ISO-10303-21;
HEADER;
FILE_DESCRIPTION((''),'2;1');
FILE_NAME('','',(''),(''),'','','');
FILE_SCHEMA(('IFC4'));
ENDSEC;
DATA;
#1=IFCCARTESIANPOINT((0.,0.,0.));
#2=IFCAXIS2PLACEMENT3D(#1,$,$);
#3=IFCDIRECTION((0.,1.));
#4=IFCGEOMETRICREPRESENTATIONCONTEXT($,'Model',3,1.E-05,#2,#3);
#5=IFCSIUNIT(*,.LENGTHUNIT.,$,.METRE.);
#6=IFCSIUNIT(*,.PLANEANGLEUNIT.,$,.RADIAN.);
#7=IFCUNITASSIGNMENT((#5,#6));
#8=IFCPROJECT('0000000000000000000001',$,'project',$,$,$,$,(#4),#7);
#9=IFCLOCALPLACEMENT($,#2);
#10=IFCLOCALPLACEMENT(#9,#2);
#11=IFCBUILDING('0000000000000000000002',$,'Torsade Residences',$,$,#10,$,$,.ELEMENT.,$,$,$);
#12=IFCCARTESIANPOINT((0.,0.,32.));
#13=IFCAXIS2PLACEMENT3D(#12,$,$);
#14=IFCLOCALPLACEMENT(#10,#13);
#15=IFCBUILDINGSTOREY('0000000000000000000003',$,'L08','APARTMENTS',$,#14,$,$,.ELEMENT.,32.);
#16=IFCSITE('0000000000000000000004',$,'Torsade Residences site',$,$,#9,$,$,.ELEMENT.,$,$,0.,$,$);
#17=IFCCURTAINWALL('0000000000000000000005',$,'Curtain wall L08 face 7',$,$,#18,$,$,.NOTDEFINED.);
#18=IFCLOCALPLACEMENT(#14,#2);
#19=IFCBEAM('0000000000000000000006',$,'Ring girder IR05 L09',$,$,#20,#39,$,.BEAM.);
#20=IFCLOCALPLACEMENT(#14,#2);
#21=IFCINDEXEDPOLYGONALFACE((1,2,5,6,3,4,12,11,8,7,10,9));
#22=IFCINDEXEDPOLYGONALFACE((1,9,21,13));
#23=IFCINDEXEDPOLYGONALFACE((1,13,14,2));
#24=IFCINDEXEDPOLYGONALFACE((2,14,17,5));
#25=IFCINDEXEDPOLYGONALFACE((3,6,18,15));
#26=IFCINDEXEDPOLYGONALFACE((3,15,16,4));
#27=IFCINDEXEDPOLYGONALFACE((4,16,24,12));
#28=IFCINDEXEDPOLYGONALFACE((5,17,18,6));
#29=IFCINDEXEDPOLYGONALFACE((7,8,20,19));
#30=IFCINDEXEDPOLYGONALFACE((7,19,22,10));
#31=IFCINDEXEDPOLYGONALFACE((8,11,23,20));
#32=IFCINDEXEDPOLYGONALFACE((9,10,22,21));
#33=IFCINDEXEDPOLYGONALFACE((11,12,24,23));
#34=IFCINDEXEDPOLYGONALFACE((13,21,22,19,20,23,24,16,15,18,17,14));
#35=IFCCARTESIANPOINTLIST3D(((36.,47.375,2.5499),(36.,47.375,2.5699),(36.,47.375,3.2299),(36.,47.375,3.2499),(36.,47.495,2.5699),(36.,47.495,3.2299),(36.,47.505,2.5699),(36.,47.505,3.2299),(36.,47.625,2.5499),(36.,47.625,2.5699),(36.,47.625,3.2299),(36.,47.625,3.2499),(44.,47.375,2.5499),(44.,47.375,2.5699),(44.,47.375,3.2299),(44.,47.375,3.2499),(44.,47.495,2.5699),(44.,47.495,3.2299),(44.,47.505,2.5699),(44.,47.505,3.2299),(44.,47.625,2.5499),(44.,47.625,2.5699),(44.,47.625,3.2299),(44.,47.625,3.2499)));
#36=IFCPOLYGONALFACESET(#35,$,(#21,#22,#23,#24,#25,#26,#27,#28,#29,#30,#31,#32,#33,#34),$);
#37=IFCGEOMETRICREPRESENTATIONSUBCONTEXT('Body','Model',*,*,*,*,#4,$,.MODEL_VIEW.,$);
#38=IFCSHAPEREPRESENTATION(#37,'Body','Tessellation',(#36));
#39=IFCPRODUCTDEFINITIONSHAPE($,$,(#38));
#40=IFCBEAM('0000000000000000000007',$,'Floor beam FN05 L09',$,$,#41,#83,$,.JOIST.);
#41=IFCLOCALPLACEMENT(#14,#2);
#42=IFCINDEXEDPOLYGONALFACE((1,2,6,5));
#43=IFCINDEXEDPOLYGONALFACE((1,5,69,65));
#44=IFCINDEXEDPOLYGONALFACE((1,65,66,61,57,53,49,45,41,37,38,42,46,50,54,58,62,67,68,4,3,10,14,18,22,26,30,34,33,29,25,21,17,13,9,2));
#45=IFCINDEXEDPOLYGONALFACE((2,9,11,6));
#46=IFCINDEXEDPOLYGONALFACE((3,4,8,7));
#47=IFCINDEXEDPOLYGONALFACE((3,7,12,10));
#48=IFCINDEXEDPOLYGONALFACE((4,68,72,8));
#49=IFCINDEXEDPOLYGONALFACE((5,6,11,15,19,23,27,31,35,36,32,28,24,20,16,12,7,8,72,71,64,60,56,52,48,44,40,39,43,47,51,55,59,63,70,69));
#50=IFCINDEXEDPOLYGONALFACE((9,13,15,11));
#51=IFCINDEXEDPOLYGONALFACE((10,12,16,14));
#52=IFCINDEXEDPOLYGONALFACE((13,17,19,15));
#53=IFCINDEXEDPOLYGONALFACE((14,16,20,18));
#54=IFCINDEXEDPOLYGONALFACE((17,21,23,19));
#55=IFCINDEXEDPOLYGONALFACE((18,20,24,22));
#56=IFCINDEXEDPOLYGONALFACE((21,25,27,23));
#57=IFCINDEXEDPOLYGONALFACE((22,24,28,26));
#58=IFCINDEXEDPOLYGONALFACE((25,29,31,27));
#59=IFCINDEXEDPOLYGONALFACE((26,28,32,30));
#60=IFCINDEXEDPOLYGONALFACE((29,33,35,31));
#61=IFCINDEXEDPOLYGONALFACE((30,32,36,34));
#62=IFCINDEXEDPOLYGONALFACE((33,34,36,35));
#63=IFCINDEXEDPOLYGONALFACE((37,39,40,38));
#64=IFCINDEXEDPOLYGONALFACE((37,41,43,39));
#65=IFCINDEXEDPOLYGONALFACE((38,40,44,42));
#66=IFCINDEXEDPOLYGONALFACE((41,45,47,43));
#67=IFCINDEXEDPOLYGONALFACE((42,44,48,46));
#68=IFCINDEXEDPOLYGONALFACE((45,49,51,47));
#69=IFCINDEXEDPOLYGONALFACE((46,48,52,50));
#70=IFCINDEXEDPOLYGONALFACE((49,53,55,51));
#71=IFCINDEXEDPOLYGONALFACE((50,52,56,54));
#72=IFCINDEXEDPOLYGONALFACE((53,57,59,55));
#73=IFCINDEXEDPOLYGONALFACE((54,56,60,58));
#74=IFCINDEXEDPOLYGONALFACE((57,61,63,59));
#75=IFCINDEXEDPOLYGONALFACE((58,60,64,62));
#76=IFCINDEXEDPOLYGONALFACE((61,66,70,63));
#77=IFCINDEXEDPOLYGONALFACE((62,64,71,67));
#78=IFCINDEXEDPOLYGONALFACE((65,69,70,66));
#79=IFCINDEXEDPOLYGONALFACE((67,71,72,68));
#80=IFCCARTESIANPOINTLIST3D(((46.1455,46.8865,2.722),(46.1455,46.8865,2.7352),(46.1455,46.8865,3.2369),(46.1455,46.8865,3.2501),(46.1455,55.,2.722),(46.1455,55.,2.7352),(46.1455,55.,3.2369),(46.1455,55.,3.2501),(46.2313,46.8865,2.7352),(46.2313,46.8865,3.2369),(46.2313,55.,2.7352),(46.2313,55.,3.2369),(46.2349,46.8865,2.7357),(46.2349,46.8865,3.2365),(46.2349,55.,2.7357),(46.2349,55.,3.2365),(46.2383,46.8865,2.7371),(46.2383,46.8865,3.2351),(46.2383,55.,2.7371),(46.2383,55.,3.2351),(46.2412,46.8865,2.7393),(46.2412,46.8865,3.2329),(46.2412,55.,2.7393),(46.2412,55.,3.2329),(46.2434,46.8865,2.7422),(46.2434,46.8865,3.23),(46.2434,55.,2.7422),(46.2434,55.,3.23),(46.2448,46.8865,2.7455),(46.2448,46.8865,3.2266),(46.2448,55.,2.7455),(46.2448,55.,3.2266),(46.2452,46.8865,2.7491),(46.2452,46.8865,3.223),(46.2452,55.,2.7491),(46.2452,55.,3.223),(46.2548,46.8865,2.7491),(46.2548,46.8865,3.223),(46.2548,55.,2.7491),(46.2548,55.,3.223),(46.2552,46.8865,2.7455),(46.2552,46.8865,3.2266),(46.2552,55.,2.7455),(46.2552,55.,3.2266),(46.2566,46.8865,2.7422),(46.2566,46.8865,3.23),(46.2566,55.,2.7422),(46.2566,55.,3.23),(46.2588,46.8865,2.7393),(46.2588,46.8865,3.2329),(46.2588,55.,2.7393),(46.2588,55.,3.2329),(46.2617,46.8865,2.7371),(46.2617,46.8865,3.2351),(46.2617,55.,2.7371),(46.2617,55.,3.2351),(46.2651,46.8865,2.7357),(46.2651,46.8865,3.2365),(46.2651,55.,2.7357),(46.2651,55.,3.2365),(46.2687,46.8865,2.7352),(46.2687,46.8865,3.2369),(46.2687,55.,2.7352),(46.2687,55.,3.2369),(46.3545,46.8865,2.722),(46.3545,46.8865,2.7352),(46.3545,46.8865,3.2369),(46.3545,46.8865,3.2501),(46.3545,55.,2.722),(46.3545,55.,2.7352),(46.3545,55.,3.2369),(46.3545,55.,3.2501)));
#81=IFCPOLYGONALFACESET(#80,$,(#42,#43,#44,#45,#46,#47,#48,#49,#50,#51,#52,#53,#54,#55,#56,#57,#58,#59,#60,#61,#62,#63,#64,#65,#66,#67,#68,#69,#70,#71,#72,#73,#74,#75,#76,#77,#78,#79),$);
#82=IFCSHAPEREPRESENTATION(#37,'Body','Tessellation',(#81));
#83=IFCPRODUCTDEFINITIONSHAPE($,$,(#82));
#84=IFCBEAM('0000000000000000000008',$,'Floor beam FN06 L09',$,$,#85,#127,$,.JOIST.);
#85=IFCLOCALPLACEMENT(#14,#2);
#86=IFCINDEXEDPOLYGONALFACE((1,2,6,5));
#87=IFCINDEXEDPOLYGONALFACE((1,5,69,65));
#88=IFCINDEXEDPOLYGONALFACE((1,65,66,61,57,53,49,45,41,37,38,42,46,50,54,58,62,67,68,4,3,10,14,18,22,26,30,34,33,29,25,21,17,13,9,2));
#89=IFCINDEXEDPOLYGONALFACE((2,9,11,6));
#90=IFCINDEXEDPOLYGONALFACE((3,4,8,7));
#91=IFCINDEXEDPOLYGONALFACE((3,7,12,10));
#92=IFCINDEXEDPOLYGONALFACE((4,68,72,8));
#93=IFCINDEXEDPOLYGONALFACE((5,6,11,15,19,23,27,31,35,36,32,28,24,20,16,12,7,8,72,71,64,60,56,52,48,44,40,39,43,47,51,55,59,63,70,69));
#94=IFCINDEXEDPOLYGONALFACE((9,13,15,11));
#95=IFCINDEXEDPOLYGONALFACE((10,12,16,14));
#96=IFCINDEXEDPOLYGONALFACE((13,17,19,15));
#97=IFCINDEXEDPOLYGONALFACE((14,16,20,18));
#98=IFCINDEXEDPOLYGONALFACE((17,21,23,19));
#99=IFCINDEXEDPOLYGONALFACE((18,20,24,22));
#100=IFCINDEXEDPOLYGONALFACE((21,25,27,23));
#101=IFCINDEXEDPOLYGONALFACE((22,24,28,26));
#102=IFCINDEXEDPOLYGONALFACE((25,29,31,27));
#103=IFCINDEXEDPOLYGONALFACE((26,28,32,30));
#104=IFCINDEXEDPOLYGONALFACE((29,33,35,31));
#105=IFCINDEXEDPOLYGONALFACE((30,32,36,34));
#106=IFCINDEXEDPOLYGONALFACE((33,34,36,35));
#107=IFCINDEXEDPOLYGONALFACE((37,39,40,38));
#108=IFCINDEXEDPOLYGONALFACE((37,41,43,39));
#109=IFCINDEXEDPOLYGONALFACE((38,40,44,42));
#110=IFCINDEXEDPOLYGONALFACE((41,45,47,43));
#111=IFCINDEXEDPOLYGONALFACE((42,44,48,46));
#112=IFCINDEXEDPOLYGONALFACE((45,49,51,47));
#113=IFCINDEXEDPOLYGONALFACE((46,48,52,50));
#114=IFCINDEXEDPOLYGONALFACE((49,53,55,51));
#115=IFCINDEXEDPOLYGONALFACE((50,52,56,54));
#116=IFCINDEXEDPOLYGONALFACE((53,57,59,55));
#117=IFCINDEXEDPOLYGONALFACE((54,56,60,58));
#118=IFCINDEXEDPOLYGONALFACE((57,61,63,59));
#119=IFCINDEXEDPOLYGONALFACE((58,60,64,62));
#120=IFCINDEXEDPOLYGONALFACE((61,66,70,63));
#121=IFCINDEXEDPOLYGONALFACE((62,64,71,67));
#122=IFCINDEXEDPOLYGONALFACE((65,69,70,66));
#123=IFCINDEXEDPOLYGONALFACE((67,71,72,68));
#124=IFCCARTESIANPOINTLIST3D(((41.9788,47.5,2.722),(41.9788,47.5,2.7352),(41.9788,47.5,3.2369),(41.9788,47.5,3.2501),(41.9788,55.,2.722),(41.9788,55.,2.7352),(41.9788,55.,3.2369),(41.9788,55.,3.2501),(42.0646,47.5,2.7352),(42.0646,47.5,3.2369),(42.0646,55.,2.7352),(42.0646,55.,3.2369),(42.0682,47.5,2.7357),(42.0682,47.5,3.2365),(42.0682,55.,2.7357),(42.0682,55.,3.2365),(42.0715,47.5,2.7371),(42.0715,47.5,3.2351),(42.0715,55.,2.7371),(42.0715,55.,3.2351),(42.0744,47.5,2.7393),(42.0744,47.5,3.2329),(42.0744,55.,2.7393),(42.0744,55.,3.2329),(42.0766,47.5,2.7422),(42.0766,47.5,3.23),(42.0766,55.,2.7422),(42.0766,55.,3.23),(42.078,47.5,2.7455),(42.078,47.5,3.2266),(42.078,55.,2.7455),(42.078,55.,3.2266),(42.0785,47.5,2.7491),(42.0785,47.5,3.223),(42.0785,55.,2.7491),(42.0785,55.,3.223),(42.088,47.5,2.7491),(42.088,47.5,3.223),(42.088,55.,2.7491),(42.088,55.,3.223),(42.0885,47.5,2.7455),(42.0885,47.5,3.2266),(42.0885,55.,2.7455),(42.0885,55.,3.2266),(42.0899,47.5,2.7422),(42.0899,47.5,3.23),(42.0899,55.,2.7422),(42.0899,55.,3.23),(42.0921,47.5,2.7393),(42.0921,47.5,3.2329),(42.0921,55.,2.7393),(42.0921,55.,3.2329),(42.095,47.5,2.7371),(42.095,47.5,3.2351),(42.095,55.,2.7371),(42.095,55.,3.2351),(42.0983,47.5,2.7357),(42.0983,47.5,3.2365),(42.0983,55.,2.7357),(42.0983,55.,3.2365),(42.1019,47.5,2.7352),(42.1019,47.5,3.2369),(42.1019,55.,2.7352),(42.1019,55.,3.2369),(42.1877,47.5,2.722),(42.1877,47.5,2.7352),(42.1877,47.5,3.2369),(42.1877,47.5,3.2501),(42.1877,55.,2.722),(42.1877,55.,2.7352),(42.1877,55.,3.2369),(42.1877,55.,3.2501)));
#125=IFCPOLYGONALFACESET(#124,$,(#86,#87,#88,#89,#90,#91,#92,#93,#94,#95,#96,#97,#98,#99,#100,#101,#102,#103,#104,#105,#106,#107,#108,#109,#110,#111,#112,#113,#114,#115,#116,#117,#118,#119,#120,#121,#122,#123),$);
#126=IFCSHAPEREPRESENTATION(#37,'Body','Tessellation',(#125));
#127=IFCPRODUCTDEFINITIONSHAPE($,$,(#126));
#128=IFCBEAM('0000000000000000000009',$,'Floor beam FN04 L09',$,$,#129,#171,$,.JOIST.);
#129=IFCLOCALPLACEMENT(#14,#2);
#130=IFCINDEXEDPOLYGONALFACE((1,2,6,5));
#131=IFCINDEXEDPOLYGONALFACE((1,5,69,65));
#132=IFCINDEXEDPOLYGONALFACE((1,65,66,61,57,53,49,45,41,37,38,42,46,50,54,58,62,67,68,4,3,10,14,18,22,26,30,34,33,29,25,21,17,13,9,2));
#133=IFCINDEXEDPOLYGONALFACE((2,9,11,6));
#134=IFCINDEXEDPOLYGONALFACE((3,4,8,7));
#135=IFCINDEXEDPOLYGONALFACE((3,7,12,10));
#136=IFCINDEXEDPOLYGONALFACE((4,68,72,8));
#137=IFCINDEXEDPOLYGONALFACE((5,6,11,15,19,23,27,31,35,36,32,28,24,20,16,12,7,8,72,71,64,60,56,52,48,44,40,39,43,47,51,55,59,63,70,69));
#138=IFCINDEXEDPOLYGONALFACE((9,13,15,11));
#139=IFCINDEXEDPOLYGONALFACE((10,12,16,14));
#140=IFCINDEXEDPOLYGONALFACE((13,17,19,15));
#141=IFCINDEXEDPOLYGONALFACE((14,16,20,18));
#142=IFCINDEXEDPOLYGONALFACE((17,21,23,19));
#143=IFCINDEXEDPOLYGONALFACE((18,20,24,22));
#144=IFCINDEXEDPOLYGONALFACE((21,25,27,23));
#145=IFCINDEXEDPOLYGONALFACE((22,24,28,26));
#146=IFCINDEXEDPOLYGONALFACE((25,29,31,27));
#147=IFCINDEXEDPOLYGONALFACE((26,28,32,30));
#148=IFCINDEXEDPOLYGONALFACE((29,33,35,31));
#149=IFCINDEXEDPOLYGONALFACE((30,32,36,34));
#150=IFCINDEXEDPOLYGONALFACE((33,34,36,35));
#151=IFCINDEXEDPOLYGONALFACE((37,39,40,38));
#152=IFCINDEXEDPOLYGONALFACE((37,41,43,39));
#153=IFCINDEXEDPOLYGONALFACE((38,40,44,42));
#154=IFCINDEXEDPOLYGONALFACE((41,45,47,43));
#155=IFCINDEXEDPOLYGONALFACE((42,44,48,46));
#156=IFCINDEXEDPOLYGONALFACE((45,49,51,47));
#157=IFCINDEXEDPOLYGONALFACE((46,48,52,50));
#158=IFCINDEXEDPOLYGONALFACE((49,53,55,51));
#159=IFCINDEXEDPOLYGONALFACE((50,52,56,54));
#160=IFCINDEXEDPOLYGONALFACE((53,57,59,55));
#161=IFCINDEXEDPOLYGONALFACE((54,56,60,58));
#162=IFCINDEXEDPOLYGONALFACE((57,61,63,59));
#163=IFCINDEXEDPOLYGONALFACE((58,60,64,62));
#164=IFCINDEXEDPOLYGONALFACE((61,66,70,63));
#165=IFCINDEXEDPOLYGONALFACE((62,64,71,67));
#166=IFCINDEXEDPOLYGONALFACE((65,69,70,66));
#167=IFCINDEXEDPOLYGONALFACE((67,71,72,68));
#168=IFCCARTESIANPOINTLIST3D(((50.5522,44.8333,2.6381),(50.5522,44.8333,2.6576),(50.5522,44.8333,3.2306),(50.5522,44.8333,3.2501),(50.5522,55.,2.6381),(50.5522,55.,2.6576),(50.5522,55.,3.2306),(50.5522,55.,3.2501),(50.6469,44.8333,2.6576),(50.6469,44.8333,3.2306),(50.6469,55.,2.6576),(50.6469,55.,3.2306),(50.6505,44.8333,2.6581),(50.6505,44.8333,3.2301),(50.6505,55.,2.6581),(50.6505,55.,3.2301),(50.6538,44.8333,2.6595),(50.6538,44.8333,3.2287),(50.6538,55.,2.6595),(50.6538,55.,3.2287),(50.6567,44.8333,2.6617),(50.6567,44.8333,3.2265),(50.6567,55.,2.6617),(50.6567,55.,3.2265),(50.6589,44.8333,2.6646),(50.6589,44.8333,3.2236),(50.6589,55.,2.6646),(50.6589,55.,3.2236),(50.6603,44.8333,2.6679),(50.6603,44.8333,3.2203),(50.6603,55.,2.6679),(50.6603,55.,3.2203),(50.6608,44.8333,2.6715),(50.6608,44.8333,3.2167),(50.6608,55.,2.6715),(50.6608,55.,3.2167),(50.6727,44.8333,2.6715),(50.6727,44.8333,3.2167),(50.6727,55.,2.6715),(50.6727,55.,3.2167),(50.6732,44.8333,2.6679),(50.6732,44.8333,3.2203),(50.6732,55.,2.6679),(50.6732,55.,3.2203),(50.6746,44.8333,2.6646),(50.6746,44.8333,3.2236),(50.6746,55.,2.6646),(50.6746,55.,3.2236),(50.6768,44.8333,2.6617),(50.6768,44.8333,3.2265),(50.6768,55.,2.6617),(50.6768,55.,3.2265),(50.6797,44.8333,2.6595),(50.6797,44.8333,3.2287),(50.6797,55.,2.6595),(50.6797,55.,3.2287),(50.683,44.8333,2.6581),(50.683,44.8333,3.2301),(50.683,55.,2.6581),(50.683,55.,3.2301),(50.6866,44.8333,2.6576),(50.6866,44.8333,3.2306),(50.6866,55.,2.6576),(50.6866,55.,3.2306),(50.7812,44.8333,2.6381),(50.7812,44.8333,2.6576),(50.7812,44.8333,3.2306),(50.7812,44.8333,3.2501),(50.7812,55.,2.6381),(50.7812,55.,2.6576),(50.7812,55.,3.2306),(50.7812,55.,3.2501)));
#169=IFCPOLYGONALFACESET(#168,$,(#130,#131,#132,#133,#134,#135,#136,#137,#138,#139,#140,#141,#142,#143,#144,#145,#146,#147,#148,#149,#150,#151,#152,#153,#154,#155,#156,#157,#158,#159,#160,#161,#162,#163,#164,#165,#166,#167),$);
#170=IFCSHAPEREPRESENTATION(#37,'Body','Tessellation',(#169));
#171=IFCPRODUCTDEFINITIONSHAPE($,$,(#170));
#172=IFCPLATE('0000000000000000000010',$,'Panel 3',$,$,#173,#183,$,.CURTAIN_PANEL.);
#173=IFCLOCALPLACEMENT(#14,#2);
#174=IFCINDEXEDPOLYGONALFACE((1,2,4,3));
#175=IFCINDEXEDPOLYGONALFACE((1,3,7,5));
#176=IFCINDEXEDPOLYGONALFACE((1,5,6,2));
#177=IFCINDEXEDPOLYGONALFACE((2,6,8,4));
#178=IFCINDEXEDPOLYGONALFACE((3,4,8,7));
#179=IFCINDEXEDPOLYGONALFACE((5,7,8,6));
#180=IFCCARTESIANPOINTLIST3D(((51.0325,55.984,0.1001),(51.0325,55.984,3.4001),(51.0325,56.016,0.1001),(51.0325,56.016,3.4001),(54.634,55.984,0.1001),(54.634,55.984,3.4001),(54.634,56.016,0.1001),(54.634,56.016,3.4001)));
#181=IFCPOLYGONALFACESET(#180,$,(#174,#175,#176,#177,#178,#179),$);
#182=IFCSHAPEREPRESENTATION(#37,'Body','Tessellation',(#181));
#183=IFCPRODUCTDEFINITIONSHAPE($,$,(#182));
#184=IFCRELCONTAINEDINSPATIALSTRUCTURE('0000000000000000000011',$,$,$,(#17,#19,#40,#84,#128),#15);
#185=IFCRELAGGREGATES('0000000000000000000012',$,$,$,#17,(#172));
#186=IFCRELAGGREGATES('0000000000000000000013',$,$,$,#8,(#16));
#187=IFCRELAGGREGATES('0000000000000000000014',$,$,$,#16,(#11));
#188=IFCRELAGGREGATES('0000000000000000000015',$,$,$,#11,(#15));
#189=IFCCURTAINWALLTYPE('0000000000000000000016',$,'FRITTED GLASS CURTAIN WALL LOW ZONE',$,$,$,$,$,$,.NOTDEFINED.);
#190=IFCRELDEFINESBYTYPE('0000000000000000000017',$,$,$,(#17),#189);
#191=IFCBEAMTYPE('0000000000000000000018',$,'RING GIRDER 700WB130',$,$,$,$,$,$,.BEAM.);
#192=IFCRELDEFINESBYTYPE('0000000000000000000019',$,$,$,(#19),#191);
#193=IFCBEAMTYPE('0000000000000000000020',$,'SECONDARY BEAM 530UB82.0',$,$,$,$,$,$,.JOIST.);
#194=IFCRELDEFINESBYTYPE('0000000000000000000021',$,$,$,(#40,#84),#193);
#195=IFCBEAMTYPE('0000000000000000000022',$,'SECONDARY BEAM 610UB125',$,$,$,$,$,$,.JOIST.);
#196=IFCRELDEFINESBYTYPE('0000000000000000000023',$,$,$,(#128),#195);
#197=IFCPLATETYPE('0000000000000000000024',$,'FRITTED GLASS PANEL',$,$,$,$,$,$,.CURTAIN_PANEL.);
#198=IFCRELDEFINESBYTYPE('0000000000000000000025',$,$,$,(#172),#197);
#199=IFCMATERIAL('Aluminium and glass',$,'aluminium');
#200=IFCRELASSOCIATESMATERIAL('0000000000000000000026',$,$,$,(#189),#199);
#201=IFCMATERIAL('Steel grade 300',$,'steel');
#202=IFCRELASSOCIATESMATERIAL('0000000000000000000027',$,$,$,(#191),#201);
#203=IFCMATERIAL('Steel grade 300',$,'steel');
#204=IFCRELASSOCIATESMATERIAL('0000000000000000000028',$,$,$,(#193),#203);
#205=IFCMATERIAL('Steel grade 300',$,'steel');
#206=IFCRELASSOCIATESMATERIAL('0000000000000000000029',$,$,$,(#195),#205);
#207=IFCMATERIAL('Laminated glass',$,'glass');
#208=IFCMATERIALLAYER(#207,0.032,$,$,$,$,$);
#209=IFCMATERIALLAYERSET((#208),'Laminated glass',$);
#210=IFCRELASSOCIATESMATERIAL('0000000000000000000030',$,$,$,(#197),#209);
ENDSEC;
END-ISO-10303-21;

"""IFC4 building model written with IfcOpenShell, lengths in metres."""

from ifc_helpers import new_model, si_unit, direction, frame, origin, origin_2d, place, context, subcontext, project, spatial, rectangle, i_section, extrude, material, layer, layer_set, material_profile, profile_set, type_object, element, aggregate, save


model = new_model("IFC4")

# Units and contexts
model_context = context("Model", 3, precision=1e-05, world=origin(), true_north=direction((0.0, 1.0)))
body_context = subcontext(model_context, "Body", "Model", "MODEL_VIEW")
ifc_project = project(units=[si_unit("LENGTHUNIT", "METRE"), si_unit("PLANEANGLEUNIT", "RADIAN")], contexts=[model_context])

# Site, building, storey
site_placement = place(None, origin())
site = spatial("IfcSite", under=ifc_project, at=site_placement, Name="Torsade Residences site", CompositionType="ELEMENT", RefElevation=0.0)
building_placement = place(site_placement, origin())
building = spatial("IfcBuilding", under=site, at=building_placement, Name="Torsade Residences", CompositionType="ELEMENT")
storey_placement = place(building_placement, frame((0.0, 0.0, 32.0)))
storey = spatial("IfcBuildingStorey", under=building, at=storey_placement, Name="L08", Description="APARTMENTS", CompositionType="ELEMENT", Elevation=32.0)

# Curtain wall
ifc_material_1 = material(Name="Aluminium and glass", Category="aluminium")
curtain_wall_type = type_object("IfcCurtainWallType", Name="FRITTED GLASS CURTAIN WALL LOW ZONE", PredefinedType="NOTDEFINED", material=ifc_material_1)
curtain_wall_placement = place(storey_placement, origin())
curtain_wall = element("IfcCurtainWall", 1, at=curtain_wall_placement, inside=storey, type_object=curtain_wall_type, Name="Curtain wall L08 face 7", PredefinedType="NOTDEFINED")

# Beams
ifc_material_2 = material(Name="Steel grade 300", Category="steel")
ifc_material_profile_1 = material_profile(ifc_material_2, i_section(OverallWidth=0.25, OverallDepth=0.7, WebThickness=0.01, FlangeThickness=0.02, at=origin_2d()), Name="700WB130")
ifc_profile_set_1 = profile_set([ifc_material_profile_1], Name="Steel grade 300")
beam_type_1 = type_object("IfcBeamType", Name="RING GIRDER 700WB130", PredefinedType="BEAM", material=ifc_profile_set_1)
beam_1_placement = place(storey_placement, frame((44.0, 47.5, 2.8999), z_axis=(-1.0, 0.0, 0.0), x_axis=(0.0, -1.0, 0.0)))
element("IfcBeam", 2, at=beam_1_placement, inside=storey, type_object=beam_type_1, Name="Ring girder IR05 L09", PredefinedType="BEAM", context=body_context, shape_type="SweptSolid", body=[
    extrude(i_section(OverallWidth=0.25, OverallDepth=0.7, WebThickness=0.01, FlangeThickness=0.02, at=origin_2d()), origin(), (0.0, 0.0, 1.0), 8.0),
])
ifc_material_3 = material(Name="Steel grade 300", Category="steel")
ifc_material_profile_2 = material_profile(ifc_material_3, i_section(OverallWidth=0.209, OverallDepth=0.5281, WebThickness=0.0095, FlangeThickness=0.0132, FilletRadius=0.0139, at=origin_2d()), Name="530UB82.0")
ifc_profile_set_2 = profile_set([ifc_material_profile_2], Name="Steel grade 300")
beam_type_2 = type_object("IfcBeamType", Name="SECONDARY BEAM 530UB82.0", PredefinedType="JOIST", material=ifc_profile_set_2)
beam_2_placement = place(storey_placement, frame((46.25, 55.0, 2.9861), z_axis=(0.0, -1.0, 0.0), x_axis=(1.0, 0.0, 0.0)))
element("IfcBeam", 3, at=beam_2_placement, inside=storey, type_object=beam_type_2, Name="Floor beam FN05 L09", PredefinedType="JOIST", context=body_context, shape_type="SweptSolid", body=[
    extrude(i_section(OverallWidth=0.209, OverallDepth=0.5281, WebThickness=0.0095, FlangeThickness=0.0132, FilletRadius=0.0139, at=origin_2d()), origin(), (0.0, 0.0, 1.0), 8.1135),
])
beam_3_placement = place(storey_placement, frame((42.0833, 55.0, 2.9861), z_axis=(0.0, -1.0, 0.0), x_axis=(1.0, 0.0, 0.0)))
element("IfcBeam", 4, at=beam_3_placement, inside=storey, type_object=beam_type_2, Name="Floor beam FN06 L09", PredefinedType="JOIST", context=body_context, shape_type="SweptSolid", body=[
    extrude(i_section(OverallWidth=0.209, OverallDepth=0.5281, WebThickness=0.0095, FlangeThickness=0.0132, FilletRadius=0.0139, at=origin_2d()), origin(), (0.0, 0.0, 1.0), 7.5),
])
ifc_material_4 = material(Name="Steel grade 300", Category="steel")
ifc_material_profile_3 = material_profile(ifc_material_4, i_section(OverallWidth=0.229, OverallDepth=0.6121, WebThickness=0.012, FlangeThickness=0.0195, FilletRadius=0.0139, at=origin_2d()), Name="610UB125")
ifc_profile_set_3 = profile_set([ifc_material_profile_3], Name="Steel grade 300")
beam_type_3 = type_object("IfcBeamType", Name="SECONDARY BEAM 610UB125", PredefinedType="JOIST", material=ifc_profile_set_3)
beam_4_placement = place(storey_placement, frame((50.6667, 55.0, 2.9441), z_axis=(0.0, -1.0, 0.0), x_axis=(1.0, 0.0, 0.0)))
element("IfcBeam", 5, at=beam_4_placement, inside=storey, type_object=beam_type_3, Name="Floor beam FN04 L09", PredefinedType="JOIST", context=body_context, shape_type="SweptSolid", body=[
    extrude(i_section(OverallWidth=0.229, OverallDepth=0.6121, WebThickness=0.012, FlangeThickness=0.0195, FilletRadius=0.0139, at=origin_2d()), origin(), (0.0, 0.0, 1.0), 10.1667),
])

# Plate
ifc_material_5 = material(Name="Laminated glass", Category="glass")
ifc_layer_1 = layer(ifc_material_5, 0.032)
ifc_layer_set_1 = layer_set([ifc_layer_1], Name="Laminated glass")
plate_type_1 = type_object("IfcPlateType", Name="FRITTED GLASS PANEL", PredefinedType="CURTAIN_PANEL", material=ifc_layer_set_1)
plate_1_placement = place(storey_placement, frame((52.8333, 56.0, 0.1001), z_axis=(0.0, 0.0, 1.0), x_axis=(-1.0, 0.0, 0.0)))
plate_1 = element("IfcPlate", 6, at=plate_1_placement, type_object=plate_type_1, Name="Panel 3", PredefinedType="CURTAIN_PANEL", context=body_context, shape_type="SweptSolid", body=[
    extrude(rectangle(XDim=3.6016, YDim=0.032, at=origin_2d()), origin(), (0.0, 0.0, 1.0), 3.3),
])
aggregate(curtain_wall, [plate_1])

save(model, "model.ifc")
